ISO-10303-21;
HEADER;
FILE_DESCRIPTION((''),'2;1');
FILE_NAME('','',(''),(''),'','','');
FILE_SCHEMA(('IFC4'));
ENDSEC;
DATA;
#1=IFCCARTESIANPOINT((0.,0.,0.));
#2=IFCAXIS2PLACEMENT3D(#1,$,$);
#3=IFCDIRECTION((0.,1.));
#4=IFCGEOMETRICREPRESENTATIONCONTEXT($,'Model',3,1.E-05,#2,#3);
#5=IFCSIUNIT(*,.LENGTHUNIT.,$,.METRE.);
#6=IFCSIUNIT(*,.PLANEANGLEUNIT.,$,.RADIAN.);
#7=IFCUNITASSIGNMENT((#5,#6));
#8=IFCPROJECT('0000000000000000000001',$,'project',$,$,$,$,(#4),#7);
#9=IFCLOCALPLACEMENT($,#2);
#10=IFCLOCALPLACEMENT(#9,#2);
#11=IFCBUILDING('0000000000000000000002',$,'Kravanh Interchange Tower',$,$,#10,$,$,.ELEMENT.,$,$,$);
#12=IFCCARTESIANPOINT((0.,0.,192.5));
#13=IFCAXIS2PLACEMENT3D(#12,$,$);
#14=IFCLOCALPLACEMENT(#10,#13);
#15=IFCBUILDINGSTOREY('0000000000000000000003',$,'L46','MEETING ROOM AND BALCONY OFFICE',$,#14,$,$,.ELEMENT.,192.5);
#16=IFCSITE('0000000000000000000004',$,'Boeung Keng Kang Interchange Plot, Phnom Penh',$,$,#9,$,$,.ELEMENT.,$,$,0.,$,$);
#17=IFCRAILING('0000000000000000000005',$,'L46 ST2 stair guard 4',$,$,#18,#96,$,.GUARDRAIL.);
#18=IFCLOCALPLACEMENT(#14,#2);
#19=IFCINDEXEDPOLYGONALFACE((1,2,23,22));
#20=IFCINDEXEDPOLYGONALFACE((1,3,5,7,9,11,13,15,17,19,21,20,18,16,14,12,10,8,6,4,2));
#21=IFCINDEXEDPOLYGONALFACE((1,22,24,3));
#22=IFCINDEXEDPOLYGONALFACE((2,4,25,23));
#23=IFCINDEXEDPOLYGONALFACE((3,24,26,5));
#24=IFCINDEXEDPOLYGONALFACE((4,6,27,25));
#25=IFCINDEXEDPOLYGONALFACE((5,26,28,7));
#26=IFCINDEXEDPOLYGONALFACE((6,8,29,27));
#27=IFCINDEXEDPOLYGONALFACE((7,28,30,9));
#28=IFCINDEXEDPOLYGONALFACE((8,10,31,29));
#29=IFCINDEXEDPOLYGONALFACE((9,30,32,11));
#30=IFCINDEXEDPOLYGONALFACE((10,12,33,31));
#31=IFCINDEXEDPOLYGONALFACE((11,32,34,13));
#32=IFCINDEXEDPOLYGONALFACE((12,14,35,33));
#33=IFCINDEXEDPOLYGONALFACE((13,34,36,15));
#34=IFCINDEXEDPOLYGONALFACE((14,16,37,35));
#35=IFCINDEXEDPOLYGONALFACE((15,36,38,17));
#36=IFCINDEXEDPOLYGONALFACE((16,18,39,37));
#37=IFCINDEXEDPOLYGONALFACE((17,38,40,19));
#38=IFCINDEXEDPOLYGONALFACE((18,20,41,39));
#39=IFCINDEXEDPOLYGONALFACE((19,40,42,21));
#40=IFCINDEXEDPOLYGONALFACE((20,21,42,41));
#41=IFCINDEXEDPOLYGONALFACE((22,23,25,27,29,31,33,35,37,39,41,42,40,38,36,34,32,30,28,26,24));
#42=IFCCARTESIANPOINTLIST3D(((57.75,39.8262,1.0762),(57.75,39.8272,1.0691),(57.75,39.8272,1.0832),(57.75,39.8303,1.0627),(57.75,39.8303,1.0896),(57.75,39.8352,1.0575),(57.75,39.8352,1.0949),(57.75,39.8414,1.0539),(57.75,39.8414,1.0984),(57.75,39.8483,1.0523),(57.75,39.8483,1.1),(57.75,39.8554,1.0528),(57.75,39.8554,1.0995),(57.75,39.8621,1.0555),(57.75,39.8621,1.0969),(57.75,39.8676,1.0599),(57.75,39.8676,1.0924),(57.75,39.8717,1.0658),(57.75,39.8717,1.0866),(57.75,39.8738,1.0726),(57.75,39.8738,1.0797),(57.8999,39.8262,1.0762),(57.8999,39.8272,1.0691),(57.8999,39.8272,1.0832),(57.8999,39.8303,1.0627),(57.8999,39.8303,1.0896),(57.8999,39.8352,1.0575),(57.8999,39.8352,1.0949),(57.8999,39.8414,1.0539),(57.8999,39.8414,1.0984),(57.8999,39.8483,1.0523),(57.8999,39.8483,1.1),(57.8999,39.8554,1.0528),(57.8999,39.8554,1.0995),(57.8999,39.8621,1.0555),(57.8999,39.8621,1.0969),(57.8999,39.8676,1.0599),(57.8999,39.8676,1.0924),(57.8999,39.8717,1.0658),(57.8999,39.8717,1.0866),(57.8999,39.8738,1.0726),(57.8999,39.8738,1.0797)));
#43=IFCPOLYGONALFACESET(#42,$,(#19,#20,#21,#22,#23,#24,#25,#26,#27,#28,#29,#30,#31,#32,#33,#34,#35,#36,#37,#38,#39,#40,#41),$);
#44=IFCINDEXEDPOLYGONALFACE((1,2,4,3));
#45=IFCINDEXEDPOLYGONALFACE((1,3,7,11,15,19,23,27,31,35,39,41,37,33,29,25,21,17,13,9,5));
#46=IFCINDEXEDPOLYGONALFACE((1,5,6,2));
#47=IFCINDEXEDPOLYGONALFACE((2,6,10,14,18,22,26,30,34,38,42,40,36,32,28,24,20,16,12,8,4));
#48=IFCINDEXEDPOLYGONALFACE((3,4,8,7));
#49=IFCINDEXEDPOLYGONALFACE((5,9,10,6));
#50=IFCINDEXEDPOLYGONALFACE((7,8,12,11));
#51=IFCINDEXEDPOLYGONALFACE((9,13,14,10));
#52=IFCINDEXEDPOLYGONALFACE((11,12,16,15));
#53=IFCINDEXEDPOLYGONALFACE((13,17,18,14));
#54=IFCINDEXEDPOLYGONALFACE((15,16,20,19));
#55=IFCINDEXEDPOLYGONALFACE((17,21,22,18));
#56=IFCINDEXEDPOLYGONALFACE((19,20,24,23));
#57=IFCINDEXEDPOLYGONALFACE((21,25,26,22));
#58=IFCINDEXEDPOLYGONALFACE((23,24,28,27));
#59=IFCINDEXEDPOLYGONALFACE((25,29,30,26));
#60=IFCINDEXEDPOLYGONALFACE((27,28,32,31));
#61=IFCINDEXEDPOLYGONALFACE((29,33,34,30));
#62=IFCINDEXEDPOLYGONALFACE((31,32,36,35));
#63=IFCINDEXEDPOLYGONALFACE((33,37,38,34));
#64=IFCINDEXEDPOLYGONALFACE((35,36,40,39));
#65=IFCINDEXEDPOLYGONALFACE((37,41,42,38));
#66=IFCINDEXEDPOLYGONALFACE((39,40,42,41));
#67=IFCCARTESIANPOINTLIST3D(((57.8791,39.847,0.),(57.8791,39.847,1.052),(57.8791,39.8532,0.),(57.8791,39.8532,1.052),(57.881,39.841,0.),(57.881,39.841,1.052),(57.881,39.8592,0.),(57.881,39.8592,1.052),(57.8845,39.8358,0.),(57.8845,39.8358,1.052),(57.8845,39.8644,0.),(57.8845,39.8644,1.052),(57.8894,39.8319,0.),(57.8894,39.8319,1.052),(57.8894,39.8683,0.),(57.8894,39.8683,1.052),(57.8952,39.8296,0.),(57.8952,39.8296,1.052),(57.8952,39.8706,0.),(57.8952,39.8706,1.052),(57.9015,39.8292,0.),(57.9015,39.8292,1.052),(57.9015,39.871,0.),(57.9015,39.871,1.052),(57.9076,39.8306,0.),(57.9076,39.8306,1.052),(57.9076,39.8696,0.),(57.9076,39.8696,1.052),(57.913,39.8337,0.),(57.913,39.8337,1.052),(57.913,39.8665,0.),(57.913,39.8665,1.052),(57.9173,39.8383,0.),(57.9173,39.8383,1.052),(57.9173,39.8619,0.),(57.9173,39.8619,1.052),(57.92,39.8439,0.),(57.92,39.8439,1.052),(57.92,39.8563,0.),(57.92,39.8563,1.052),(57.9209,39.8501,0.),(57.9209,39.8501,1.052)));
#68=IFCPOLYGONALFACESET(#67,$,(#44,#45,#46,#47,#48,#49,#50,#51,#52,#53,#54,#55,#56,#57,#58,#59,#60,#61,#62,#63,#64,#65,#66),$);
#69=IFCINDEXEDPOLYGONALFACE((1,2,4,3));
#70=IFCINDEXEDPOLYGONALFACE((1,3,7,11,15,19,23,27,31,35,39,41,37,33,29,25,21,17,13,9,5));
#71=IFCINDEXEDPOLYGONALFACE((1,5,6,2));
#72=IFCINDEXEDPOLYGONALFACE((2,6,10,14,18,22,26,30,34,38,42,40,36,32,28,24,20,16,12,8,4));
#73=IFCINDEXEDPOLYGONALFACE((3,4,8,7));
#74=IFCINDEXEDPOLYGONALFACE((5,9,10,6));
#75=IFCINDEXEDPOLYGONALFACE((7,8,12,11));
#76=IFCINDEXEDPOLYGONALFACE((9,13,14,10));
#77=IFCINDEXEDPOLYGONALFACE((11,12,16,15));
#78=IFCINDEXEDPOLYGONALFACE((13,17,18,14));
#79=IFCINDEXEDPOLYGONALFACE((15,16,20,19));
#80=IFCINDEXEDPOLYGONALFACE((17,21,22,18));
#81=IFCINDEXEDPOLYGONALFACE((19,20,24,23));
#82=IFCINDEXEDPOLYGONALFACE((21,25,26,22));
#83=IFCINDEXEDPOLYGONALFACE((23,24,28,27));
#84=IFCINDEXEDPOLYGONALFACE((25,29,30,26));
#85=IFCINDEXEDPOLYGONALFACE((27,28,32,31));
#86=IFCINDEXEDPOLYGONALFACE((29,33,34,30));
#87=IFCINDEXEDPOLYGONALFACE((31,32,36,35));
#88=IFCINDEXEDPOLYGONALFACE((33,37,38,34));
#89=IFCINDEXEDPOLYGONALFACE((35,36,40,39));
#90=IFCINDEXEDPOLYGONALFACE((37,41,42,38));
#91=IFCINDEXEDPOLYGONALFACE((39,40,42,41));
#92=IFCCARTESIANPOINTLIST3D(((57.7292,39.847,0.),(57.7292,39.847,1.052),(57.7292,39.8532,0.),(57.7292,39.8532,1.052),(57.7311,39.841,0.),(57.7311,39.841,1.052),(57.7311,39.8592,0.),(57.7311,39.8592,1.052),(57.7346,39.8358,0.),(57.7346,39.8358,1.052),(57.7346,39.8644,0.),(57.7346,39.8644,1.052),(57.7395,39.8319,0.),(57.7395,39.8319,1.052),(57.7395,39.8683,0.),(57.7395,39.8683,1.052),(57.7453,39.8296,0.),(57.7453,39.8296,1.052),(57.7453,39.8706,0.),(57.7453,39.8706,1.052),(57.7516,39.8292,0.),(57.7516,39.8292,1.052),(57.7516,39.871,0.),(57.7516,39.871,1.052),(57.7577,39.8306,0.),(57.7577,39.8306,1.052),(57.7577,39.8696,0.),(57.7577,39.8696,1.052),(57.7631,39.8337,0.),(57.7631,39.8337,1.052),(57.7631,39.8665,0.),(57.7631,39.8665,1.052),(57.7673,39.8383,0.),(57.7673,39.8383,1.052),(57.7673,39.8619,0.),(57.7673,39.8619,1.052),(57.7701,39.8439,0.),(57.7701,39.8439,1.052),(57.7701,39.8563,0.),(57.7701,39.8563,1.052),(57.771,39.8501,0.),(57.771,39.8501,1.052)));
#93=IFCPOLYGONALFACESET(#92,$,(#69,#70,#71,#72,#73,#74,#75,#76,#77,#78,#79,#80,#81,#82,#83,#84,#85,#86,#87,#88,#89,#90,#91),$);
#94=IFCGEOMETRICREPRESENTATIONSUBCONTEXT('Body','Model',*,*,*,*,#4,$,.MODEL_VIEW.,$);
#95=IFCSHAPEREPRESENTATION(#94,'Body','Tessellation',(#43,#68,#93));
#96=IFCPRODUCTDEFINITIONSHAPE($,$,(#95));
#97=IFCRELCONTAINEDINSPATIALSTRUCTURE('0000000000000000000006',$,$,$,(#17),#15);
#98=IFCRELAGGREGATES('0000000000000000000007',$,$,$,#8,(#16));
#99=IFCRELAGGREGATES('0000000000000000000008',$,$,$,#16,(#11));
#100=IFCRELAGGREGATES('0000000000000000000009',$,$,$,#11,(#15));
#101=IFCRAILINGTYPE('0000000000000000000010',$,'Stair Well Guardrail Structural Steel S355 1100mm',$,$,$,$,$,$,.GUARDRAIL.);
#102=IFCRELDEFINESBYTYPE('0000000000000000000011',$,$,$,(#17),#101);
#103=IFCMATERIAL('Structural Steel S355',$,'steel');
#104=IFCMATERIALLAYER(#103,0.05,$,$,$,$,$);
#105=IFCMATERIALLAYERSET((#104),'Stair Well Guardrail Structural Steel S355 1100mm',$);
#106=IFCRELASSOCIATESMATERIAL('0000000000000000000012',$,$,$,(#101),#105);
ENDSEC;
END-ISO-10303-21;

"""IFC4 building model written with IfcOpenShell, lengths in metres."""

from ifc_helpers import new_model, si_unit, direction, frame, origin, origin_2d, place, context, subcontext, project, spatial, circle, extrude, material, layer, layer_set, type_object, element, save


model = new_model("IFC4")

# Units and contexts
model_context = context("Model", 3, precision=1e-05, world=origin(), true_north=direction((0.0, 1.0)))
body_context = subcontext(model_context, "Body", "Model", "MODEL_VIEW")
ifc_project = project(units=[si_unit("LENGTHUNIT", "METRE"), si_unit("PLANEANGLEUNIT", "RADIAN")], contexts=[model_context])

# Site, building, storey
site_placement = place(None, origin())
site = spatial("IfcSite", under=ifc_project, at=site_placement, Name="Boeung Keng Kang Interchange Plot, Phnom Penh", CompositionType="ELEMENT", RefElevation=0.0)
building_placement = place(site_placement, origin())
building = spatial("IfcBuilding", under=site, at=building_placement, Name="Kravanh Interchange Tower", CompositionType="ELEMENT")
storey_placement = place(building_placement, frame((0.0, 0.0, 192.5)))
storey = spatial("IfcBuildingStorey", under=building, at=storey_placement, Name="L46", Description="MEETING ROOM AND BALCONY OFFICE", CompositionType="ELEMENT", Elevation=192.5)

# Railing
ifc_material_1 = material(Name="Structural Steel S355", Category="steel")
ifc_layer_1 = layer(ifc_material_1, 0.05)
ifc_layer_set_1 = layer_set([ifc_layer_1], Name="Stair Well Guardrail Structural Steel S355 1100mm")
railing_type_1 = type_object("IfcRailingType", Name="Stair Well Guardrail Structural Steel S355 1100mm", PredefinedType="GUARDRAIL", material=ifc_layer_set_1)
railing_1_placement = place(storey_placement, frame((57.8999, 39.8501, 0.0)))
element("IfcRailing", 1, at=railing_1_placement, inside=storey, type_object=railing_type_1, Name="L46 ST2 stair guard 4", PredefinedType="GUARDRAIL", context=body_context, shape_type="SweptSolid", body=[
    extrude(circle(Radius=0.0239, at=origin_2d()), frame((0.0, 0.0, 1.0762), z_axis=(-1.0, 0.0, 0.0), x_axis=(0.0, -1.0, 0.0)), (0.0, 0.0, 1.0), 0.1499),
    extrude(circle(Radius=0.021, at=origin_2d()), origin(), (0.0, 0.0, 1.0), 1.052),
    extrude(circle(Radius=0.021, at=origin_2d()), frame((-0.1499, 0.0, 0.0)), (0.0, 0.0, 1.0), 1.052),
])

save(model, "model.ifc")
